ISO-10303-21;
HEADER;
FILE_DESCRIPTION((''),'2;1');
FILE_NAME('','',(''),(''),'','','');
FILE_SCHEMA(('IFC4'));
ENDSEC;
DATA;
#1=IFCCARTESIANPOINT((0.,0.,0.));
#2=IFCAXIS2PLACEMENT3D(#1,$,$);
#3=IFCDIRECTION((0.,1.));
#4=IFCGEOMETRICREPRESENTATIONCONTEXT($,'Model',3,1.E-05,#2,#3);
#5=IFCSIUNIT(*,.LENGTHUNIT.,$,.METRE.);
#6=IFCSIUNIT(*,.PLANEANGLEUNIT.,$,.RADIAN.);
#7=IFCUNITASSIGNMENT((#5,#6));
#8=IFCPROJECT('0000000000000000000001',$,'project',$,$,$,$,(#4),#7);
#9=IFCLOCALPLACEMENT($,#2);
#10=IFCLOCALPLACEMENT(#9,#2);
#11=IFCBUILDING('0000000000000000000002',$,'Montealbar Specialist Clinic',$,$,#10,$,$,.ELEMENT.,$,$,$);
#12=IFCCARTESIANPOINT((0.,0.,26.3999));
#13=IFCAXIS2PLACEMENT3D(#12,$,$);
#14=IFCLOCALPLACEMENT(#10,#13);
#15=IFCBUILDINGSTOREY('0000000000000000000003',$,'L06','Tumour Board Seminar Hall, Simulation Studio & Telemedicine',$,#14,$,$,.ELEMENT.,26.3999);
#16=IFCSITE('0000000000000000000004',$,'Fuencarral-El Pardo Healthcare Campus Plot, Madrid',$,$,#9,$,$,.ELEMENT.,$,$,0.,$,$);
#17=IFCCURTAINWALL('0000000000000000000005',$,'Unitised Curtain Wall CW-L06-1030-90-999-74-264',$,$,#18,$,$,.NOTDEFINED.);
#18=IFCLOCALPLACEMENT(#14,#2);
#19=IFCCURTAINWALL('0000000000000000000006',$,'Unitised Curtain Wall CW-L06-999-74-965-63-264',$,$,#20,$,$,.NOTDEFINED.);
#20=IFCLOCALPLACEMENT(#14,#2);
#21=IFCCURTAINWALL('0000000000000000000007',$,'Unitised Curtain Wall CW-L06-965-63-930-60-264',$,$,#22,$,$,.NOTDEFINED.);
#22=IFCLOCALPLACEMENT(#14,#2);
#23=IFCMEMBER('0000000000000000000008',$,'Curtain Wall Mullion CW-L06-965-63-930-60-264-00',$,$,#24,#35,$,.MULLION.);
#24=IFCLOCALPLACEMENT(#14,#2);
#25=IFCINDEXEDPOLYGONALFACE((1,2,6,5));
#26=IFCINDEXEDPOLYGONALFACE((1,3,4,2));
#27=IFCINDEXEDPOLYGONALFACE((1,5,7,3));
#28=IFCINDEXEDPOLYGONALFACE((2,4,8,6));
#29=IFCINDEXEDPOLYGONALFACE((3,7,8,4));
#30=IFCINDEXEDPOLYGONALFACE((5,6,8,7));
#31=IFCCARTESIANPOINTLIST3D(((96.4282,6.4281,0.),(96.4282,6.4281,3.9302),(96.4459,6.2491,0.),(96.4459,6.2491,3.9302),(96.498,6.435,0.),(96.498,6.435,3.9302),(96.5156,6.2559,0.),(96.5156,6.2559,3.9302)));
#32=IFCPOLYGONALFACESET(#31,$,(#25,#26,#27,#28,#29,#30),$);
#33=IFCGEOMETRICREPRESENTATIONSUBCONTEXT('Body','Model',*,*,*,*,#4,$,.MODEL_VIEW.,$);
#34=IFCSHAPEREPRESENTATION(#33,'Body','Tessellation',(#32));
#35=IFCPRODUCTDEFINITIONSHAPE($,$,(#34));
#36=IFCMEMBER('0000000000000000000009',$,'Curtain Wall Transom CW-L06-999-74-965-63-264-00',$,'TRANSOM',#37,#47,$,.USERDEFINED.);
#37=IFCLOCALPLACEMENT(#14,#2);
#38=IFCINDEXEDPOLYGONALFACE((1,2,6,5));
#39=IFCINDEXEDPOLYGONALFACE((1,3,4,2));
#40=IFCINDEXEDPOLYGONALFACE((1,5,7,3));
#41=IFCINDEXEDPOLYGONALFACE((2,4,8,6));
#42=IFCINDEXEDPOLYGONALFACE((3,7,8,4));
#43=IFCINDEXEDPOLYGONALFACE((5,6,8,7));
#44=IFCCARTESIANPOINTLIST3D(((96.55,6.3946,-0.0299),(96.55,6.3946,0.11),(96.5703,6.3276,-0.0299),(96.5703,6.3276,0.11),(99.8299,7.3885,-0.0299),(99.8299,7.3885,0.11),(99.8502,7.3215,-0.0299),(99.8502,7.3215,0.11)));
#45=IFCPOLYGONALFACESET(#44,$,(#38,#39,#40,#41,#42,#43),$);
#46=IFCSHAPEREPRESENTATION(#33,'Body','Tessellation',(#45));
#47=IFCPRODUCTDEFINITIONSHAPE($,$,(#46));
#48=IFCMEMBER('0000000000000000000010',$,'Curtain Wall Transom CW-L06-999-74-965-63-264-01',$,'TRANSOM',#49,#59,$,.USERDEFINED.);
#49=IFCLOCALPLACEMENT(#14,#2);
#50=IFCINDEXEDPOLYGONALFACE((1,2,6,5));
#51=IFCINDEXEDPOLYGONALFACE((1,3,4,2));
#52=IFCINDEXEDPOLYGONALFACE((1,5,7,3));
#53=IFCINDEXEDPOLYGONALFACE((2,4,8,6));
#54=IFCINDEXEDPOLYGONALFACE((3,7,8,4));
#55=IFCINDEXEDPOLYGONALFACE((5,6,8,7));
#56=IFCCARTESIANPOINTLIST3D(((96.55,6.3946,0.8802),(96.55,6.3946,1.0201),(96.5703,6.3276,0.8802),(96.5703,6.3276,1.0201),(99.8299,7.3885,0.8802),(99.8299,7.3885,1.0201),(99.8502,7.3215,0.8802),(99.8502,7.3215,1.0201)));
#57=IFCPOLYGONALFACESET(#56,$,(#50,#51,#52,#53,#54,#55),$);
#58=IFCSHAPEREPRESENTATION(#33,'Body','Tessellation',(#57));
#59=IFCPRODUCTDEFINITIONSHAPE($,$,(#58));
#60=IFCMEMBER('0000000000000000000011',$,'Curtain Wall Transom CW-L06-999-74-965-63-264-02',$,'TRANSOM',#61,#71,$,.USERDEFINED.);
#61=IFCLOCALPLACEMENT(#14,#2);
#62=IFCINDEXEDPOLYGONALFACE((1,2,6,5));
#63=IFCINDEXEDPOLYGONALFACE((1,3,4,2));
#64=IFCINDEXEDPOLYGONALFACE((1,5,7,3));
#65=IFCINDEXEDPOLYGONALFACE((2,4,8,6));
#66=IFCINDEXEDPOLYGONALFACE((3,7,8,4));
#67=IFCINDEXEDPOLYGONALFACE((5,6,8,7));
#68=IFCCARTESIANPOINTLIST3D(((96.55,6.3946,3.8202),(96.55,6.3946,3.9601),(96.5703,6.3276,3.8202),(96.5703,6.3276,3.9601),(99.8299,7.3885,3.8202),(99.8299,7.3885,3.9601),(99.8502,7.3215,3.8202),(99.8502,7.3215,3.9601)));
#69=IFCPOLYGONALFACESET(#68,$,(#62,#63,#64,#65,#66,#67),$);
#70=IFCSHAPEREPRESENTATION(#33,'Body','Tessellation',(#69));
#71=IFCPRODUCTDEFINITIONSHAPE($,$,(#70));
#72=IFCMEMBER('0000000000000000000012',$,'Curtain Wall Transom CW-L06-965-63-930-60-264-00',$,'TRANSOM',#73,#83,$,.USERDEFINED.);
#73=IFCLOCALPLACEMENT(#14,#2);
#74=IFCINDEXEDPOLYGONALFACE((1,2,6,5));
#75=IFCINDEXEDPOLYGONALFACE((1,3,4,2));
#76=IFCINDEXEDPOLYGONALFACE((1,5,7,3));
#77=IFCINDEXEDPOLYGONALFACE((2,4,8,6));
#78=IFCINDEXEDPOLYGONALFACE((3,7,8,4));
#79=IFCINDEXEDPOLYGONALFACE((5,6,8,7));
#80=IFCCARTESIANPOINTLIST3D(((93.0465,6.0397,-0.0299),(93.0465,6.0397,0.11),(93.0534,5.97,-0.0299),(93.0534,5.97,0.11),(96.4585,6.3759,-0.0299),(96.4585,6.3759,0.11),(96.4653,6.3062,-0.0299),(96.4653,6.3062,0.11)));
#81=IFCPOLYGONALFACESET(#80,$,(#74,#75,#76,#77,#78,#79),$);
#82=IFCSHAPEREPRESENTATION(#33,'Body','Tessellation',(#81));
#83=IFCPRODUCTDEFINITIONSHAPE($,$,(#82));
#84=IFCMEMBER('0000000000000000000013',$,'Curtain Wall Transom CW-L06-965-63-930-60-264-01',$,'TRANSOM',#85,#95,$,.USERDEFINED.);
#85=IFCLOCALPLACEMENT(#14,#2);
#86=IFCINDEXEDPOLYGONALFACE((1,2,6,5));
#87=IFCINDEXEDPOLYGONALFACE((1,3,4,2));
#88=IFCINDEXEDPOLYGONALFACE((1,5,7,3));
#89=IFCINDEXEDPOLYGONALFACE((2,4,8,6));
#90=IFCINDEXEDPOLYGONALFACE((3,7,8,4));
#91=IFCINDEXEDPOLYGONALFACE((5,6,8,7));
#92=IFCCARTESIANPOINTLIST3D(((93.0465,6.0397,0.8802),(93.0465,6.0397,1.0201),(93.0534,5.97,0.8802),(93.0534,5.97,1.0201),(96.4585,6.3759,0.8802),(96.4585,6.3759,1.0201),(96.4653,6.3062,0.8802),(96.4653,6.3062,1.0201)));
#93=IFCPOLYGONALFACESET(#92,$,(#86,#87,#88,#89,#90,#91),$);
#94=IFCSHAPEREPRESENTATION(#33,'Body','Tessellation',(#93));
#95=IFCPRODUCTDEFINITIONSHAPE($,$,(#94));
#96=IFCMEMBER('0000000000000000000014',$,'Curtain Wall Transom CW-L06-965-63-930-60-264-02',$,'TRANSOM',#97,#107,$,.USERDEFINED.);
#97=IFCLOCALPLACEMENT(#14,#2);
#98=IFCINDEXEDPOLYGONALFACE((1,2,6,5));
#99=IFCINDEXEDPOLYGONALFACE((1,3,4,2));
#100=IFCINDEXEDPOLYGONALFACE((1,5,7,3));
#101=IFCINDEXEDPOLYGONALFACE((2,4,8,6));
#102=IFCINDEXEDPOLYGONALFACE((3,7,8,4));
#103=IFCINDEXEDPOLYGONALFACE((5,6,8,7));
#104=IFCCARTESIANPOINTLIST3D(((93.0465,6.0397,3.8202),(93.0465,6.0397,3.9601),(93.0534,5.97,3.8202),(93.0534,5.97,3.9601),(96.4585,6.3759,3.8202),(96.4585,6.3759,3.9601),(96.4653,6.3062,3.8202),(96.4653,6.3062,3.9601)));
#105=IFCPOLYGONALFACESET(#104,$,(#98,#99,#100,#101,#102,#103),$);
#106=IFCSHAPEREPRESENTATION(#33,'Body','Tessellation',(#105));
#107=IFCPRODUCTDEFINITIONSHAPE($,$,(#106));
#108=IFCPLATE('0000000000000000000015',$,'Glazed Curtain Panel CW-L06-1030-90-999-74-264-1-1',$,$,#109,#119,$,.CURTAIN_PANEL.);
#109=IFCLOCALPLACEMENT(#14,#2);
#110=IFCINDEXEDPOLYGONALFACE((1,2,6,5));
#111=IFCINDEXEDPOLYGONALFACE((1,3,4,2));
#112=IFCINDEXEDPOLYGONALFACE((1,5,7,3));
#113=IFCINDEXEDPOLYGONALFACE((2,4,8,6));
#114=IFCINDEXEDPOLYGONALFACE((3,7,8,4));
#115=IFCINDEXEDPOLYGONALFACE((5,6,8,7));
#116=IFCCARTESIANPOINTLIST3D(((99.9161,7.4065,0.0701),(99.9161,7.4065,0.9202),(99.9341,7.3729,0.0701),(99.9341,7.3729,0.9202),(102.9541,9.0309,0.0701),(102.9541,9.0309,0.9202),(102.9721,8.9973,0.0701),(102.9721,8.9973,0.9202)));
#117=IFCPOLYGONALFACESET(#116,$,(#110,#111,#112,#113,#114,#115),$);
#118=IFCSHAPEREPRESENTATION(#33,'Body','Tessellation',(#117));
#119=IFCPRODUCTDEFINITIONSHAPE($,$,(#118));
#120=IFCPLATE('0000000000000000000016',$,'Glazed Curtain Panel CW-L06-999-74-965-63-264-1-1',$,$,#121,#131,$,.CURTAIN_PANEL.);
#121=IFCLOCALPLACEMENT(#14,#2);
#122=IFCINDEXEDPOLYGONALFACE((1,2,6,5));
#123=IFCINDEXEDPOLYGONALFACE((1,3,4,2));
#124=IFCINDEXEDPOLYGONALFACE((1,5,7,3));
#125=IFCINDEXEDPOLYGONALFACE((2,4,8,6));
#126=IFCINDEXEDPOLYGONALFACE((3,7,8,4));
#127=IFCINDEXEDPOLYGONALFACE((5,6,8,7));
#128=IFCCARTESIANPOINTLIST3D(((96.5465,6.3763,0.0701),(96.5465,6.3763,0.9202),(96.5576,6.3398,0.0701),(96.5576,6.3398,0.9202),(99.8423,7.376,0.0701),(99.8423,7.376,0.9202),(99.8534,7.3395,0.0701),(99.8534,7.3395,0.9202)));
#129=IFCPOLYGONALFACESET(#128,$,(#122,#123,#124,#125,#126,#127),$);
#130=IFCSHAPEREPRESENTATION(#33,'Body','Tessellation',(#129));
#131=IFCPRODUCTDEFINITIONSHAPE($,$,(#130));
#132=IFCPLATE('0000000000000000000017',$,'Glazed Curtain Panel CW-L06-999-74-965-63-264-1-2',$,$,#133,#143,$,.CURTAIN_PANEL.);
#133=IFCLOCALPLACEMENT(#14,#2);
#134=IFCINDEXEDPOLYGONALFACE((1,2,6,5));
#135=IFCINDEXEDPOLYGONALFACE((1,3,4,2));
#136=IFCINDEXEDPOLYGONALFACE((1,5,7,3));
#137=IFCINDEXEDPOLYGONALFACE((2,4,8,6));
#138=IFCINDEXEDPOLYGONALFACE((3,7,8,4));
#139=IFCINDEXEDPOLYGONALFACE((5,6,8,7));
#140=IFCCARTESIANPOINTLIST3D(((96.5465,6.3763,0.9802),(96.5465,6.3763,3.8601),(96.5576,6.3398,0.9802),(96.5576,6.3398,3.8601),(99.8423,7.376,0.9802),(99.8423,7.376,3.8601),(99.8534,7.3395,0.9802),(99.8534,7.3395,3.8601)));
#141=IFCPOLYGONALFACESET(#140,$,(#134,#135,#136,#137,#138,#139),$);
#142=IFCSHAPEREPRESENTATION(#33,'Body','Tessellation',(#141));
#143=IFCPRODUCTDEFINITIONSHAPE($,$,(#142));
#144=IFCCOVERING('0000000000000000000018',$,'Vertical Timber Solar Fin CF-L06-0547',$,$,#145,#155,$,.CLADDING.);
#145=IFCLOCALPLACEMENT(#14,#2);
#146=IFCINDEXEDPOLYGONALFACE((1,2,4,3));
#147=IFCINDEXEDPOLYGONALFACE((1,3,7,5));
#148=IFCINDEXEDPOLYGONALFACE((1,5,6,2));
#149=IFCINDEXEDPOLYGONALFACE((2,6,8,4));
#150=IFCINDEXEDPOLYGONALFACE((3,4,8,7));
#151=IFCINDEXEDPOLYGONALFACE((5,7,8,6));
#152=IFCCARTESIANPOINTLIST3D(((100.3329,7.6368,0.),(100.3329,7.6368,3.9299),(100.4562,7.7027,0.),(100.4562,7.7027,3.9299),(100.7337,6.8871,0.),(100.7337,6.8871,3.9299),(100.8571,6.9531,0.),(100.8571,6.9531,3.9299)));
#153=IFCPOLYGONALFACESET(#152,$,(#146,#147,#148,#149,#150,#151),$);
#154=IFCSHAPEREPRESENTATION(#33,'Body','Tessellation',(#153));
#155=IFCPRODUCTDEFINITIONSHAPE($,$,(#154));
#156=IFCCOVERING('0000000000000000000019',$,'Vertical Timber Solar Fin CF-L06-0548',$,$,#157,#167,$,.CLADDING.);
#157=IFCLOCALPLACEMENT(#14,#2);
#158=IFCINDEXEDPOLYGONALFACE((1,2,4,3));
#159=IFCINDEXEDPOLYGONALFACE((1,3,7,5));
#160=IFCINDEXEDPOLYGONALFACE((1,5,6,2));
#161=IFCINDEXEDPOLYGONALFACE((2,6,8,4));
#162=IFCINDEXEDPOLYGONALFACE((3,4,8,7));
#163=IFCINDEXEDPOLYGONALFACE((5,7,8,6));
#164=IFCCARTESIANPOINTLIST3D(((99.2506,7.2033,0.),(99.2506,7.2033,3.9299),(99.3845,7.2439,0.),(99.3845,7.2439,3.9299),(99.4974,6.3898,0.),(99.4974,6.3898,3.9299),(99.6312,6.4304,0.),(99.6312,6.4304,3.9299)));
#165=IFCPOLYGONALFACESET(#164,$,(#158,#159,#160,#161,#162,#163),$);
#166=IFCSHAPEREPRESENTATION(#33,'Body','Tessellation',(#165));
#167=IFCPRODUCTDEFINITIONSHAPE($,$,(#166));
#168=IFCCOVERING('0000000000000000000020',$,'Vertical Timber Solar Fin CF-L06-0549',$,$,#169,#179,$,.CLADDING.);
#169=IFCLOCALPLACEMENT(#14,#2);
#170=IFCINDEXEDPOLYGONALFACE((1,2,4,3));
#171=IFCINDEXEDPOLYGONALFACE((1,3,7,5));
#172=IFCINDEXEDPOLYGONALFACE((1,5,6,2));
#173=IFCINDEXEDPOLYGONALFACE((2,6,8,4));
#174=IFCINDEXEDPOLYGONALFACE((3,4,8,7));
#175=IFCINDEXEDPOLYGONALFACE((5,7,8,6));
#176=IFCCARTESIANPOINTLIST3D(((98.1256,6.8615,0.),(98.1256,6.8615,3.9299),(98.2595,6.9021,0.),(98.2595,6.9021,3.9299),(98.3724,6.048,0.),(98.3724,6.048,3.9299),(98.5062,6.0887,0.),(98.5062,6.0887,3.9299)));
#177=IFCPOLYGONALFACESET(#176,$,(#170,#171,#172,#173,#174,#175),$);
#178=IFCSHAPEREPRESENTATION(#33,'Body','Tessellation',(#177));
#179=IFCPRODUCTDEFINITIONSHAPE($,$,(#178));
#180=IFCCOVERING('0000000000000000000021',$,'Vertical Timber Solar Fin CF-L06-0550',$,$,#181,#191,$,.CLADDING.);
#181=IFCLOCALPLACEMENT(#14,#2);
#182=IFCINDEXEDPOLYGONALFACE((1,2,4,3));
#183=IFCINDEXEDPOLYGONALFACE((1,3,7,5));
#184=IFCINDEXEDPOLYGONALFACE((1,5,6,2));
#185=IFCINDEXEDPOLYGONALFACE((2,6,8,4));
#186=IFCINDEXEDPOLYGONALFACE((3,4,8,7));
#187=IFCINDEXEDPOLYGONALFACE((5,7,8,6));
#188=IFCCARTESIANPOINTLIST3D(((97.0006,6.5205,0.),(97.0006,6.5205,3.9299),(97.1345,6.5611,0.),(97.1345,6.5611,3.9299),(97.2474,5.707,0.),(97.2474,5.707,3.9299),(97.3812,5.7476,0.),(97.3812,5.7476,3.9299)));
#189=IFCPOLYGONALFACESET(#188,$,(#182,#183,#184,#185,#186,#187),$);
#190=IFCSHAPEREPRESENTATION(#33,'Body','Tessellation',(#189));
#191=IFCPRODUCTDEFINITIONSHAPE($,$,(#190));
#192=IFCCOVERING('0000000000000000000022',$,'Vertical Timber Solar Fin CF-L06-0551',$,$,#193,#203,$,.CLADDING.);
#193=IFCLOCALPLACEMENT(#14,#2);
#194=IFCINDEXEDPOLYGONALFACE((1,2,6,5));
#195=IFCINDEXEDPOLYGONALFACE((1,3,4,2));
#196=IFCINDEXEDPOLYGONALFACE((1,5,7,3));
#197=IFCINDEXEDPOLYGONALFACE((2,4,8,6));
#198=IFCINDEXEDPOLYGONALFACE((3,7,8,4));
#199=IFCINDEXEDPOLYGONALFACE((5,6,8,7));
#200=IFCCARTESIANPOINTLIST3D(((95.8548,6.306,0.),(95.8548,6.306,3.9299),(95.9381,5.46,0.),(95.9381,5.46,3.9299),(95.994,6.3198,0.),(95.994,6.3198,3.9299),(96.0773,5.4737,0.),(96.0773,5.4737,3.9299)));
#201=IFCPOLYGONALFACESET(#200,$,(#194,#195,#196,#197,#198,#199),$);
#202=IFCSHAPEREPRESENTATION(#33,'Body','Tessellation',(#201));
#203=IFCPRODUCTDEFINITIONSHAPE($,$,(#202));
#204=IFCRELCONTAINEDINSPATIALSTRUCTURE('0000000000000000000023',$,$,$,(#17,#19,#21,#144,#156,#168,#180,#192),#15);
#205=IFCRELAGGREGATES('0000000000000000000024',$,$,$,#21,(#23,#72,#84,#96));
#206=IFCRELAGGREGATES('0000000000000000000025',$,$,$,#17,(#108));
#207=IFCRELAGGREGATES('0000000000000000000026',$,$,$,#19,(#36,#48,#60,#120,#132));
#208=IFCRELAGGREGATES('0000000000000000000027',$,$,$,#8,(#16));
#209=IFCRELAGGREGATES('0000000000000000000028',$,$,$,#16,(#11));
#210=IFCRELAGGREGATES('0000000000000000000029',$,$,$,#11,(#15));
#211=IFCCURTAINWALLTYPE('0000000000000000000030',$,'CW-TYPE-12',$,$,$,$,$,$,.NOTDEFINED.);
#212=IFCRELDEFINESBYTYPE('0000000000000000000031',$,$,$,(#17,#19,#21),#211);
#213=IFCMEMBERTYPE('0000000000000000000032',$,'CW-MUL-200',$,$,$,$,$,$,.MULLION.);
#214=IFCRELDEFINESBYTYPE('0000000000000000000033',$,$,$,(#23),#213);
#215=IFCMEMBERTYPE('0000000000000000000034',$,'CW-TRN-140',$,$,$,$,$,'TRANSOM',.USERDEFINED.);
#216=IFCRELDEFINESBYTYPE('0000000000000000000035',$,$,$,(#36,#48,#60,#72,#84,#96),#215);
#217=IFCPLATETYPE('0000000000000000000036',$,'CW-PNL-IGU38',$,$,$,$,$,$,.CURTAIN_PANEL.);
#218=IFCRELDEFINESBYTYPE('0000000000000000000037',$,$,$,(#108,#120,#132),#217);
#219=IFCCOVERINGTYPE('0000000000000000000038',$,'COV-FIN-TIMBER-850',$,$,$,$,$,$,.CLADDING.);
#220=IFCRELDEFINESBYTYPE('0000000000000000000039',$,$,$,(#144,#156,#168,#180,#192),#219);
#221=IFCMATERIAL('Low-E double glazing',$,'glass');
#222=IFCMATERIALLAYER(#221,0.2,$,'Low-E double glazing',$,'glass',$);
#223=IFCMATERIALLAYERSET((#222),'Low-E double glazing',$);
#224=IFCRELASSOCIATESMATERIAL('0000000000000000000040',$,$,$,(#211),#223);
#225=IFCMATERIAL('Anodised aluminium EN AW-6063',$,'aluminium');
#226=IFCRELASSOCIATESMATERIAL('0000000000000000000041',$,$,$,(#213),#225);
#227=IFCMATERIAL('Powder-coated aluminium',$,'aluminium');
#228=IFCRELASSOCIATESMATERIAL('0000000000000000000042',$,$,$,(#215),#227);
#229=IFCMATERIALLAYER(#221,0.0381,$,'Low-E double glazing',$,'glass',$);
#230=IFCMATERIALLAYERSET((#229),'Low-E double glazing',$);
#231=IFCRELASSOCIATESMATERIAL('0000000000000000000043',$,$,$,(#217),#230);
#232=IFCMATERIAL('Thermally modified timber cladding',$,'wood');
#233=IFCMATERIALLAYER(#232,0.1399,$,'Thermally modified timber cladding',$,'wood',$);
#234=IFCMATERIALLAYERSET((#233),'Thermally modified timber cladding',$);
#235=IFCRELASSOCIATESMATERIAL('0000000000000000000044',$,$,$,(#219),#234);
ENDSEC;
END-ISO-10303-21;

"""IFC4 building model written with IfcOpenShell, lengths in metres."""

from ifc_helpers import new_model, si_unit, direction, frame, origin, origin_2d, place, context, subcontext, project, spatial, rectangle, extrude, material, layer, layer_set, material_profile, profile_set, type_object, element, aggregate, save


model = new_model("IFC4")

# Units and contexts
model_context = context("Model", 3, precision=1e-05, world=origin(), true_north=direction((0.0, 1.0)))
body_context = subcontext(model_context, "Body", "Model", "MODEL_VIEW")
ifc_project = project(units=[si_unit("LENGTHUNIT", "METRE"), si_unit("PLANEANGLEUNIT", "RADIAN")], contexts=[model_context])

# Site, building, storey
site_placement = place(None, origin())
site = spatial("IfcSite", under=ifc_project, at=site_placement, Name="Fuencarral-El Pardo Healthcare Campus Plot, Madrid", CompositionType="ELEMENT", RefElevation=0.0)
building_placement = place(site_placement, origin())
building = spatial("IfcBuilding", under=site, at=building_placement, Name="Montealbar Specialist Clinic", CompositionType="ELEMENT")
storey_placement = place(building_placement, frame((0.0, 0.0, 26.3999)))
storey = spatial("IfcBuildingStorey", under=building, at=storey_placement, Name="L06", Description="Tumour Board Seminar Hall, Simulation Studio & Telemedicine", CompositionType="ELEMENT", Elevation=26.3999)

# Curtain wall
ifc_material_1 = material(Name="Low-E double glazing", Category="glass")
ifc_layer_1 = layer(ifc_material_1, 0.2, Name="Low-E double glazing", Category="glass")
ifc_layer_set_1 = layer_set([ifc_layer_1], Name="Low-E double glazing")
curtain_wall_type = type_object("IfcCurtainWallType", Name="CW-TYPE-12", PredefinedType="NOTDEFINED", material=ifc_layer_set_1)
curtain_wall_1_placement = place(storey_placement, origin())
curtain_wall_1 = element("IfcCurtainWall", 1, at=curtain_wall_1_placement, inside=storey, type_object=curtain_wall_type, Name="Unitised Curtain Wall CW-L06-1030-90-999-74-264", PredefinedType="NOTDEFINED")
ifc_material_2 = material(Name="Anodised aluminium EN AW-6063", Category="aluminium")
ifc_material_profile_1 = material_profile(ifc_material_2, rectangle(XDim=0.0701, YDim=0.1799, at=origin_2d()), Name="ALU 70x180", Category="aluminium")
ifc_profile_set_1 = profile_set([ifc_material_profile_1], Name="Anodised aluminium EN AW-6063")
member_type_1 = type_object("IfcMemberType", Name="CW-MUL-200", PredefinedType="MULLION", material=ifc_profile_set_1)

# Curtain wall
curtain_wall_2_placement = place(storey_placement, origin())
curtain_wall_2 = element("IfcCurtainWall", 2, at=curtain_wall_2_placement, inside=storey, type_object=curtain_wall_type, Name="Unitised Curtain Wall CW-L06-999-74-965-63-264", PredefinedType="NOTDEFINED")

# Curtain wall, member
curtain_wall_3_placement = place(storey_placement, origin())
curtain_wall_3 = element("IfcCurtainWall", 3, at=curtain_wall_3_placement, inside=storey, type_object=curtain_wall_type, Name="Unitised Curtain Wall CW-L06-965-63-930-60-264", PredefinedType="NOTDEFINED")
member_1_placement = place(storey_placement, frame((96.4719, 6.342, 0.0), z_axis=(0.0, 0.0, 1.0), x_axis=(-0.995182, -0.098045, 0.0)))
member_1 = element("IfcMember", 4, at=member_1_placement, type_object=member_type_1, Name="Curtain Wall Mullion CW-L06-965-63-930-60-264-00", PredefinedType="MULLION", context=body_context, shape_type="SweptSolid", body=[
    extrude(rectangle(XDim=0.0701, YDim=0.1799, at=origin_2d()), origin(), (0.0, 0.0, 1.0), 3.9302),
])

# Members
ifc_material_3 = material(Name="Powder-coated aluminium", Category="aluminium")
ifc_material_profile_2 = material_profile(ifc_material_3, rectangle(XDim=0.0701, YDim=0.1399, at=origin_2d()), Name="ALU 70x140", Category="aluminium")
ifc_profile_set_2 = profile_set([ifc_material_profile_2], Name="Powder-coated aluminium")
member_type_2 = type_object("IfcMemberType", Name="CW-TRN-140", ElementType="TRANSOM", PredefinedType="USERDEFINED", material=ifc_profile_set_2)
member_2_placement = place(storey_placement, frame((99.8401, 7.355, 0.04), z_axis=(-0.957029, -0.289994, 0.0), x_axis=(0.289994, -0.957029, 0.0)))
member_2 = element("IfcMember", 5, at=member_2_placement, type_object=member_type_2, Name="Curtain Wall Transom CW-L06-999-74-965-63-264-00", ObjectType="TRANSOM", PredefinedType="USERDEFINED", context=body_context, shape_type="SweptSolid", body=[
    extrude(rectangle(XDim=0.0701, YDim=0.1399, at=origin_2d()), origin(), (0.0, 0.0, 1.0), 3.4272),
])
member_3_placement = place(storey_placement, frame((99.8401, 7.355, 0.9502), z_axis=(-0.957029, -0.289994, 0.0), x_axis=(0.289994, -0.957029, 0.0)))
member_3 = element("IfcMember", 6, at=member_3_placement, type_object=member_type_2, Name="Curtain Wall Transom CW-L06-999-74-965-63-264-01", ObjectType="TRANSOM", PredefinedType="USERDEFINED", context=body_context, shape_type="SweptSolid", body=[
    extrude(rectangle(XDim=0.0701, YDim=0.1399, at=origin_2d()), origin(), (0.0, 0.0, 1.0), 3.4272),
])
member_4_placement = place(storey_placement, frame((99.8401, 7.355, 3.8901), z_axis=(-0.957029, -0.289994, 0.0), x_axis=(0.289994, -0.957029, 0.0)))
member_4 = element("IfcMember", 7, at=member_4_placement, type_object=member_type_2, Name="Curtain Wall Transom CW-L06-999-74-965-63-264-02", ObjectType="TRANSOM", PredefinedType="USERDEFINED", context=body_context, shape_type="SweptSolid", body=[
    extrude(rectangle(XDim=0.0701, YDim=0.1399, at=origin_2d()), origin(), (0.0, 0.0, 1.0), 3.4272),
])
member_5_placement = place(storey_placement, frame((96.4619, 6.3411, 0.04), z_axis=(-0.995181, -0.098058, 0.0), x_axis=(0.098058, -0.995181, 0.0)))
member_5 = element("IfcMember", 8, at=member_5_placement, type_object=member_type_2, Name="Curtain Wall Transom CW-L06-965-63-930-60-264-00", ObjectType="TRANSOM", PredefinedType="USERDEFINED", context=body_context, shape_type="SweptSolid", body=[
    extrude(rectangle(XDim=0.0701, YDim=0.1399, at=origin_2d()), origin(), (0.0, 0.0, 1.0), 3.4285),
])
member_6_placement = place(storey_placement, frame((96.4619, 6.3411, 0.9502), z_axis=(-0.995181, -0.098058, 0.0), x_axis=(0.098058, -0.995181, 0.0)))
member_6 = element("IfcMember", 9, at=member_6_placement, type_object=member_type_2, Name="Curtain Wall Transom CW-L06-965-63-930-60-264-01", ObjectType="TRANSOM", PredefinedType="USERDEFINED", context=body_context, shape_type="SweptSolid", body=[
    extrude(rectangle(XDim=0.0701, YDim=0.1399, at=origin_2d()), origin(), (0.0, 0.0, 1.0), 3.4285),
])
member_7_placement = place(storey_placement, frame((96.4619, 6.3411, 3.8901), z_axis=(-0.995181, -0.098058, 0.0), x_axis=(0.098058, -0.995181, 0.0)))
member_7 = element("IfcMember", 10, at=member_7_placement, type_object=member_type_2, Name="Curtain Wall Transom CW-L06-965-63-930-60-264-02", ObjectType="TRANSOM", PredefinedType="USERDEFINED", context=body_context, shape_type="SweptSolid", body=[
    extrude(rectangle(XDim=0.0701, YDim=0.1399, at=origin_2d()), origin(), (0.0, 0.0, 1.0), 3.4285),
])
aggregate(curtain_wall_3, [member_1, member_5, member_6, member_7])

# Plates
ifc_layer_2 = layer(ifc_material_1, 0.0381, Name="Low-E double glazing", Category="glass")
ifc_layer_set_2 = layer_set([ifc_layer_2], Name="Low-E double glazing")
plate_type = type_object("IfcPlateType", Name="CW-PNL-IGU38", PredefinedType="CURTAIN_PANEL", material=ifc_layer_set_2)
plate_1_placement = place(storey_placement, frame((101.4441, 8.2019, 0.0701), z_axis=(0.0, 0.0, 1.0), x_axis=(-0.88185, -0.471529, 0.0)))
plate_1 = element("IfcPlate", 11, at=plate_1_placement, type_object=plate_type, Name="Glazed Curtain Panel CW-L06-1030-90-999-74-264-1-1", PredefinedType="CURTAIN_PANEL", context=body_context, shape_type="SweptSolid", body=[
    extrude(rectangle(XDim=3.4451, YDim=0.0381, at=origin_2d()), origin(), (0.0, 0.0, 1.0), 0.8501),
])
aggregate(curtain_wall_1, [plate_1])
plate_2_placement = place(storey_placement, frame((98.2, 6.8579, 0.0701), z_axis=(0.0, 0.0, 1.0), x_axis=(-0.956948, -0.290259, 0.0)))
plate_2 = element("IfcPlate", 12, at=plate_2_placement, type_object=plate_type, Name="Glazed Curtain Panel CW-L06-999-74-965-63-264-1-1", PredefinedType="CURTAIN_PANEL", context=body_context, shape_type="SweptSolid", body=[
    extrude(rectangle(XDim=3.4441, YDim=0.0381, at=origin_2d()), origin(), (0.0, 0.0, 1.0), 0.8501),
])
plate_3_placement = place(storey_placement, frame((98.2, 6.8579, 0.9802), z_axis=(0.0, 0.0, 1.0), x_axis=(-0.956948, -0.290259, 0.0)))
plate_3 = element("IfcPlate", 13, at=plate_3_placement, type_object=plate_type, Name="Glazed Curtain Panel CW-L06-999-74-965-63-264-1-2", PredefinedType="CURTAIN_PANEL", context=body_context, shape_type="SweptSolid", body=[
    extrude(rectangle(XDim=3.4441, YDim=0.0381, at=origin_2d()), origin(), (0.0, 0.0, 1.0), 2.8799),
])
aggregate(curtain_wall_2, [member_2, member_3, member_4, plate_2, plate_3])

# Coverings
ifc_material_4 = material(Name="Thermally modified timber cladding", Category="wood")
ifc_layer_3 = layer(ifc_material_4, 0.1399, Name="Thermally modified timber cladding", Category="wood")
ifc_layer_set_3 = layer_set([ifc_layer_3], Name="Thermally modified timber cladding")
covering_type = type_object("IfcCoveringType", Name="COV-FIN-TIMBER-850", PredefinedType="CLADDING", material=ifc_layer_set_3)
for number, where, z_axis, x_axis, name in (
    (14, (100.595, 7.2949, 0.0), (0.0, 0.0, 1.0), (0.471529, -0.88185, 0.0), "Vertical Timber Solar Fin CF-L06-0547"),
    (15, (99.4409, 6.8169, 0.0), (0.0, 0.0, 1.0), (0.290259, -0.956948, 0.0), "Vertical Timber Solar Fin CF-L06-0548"),
    (16, (98.3159, 6.4751, 0.0), (0.0, 0.0, 1.0), (0.290259, -0.956948, 0.0), "Vertical Timber Solar Fin CF-L06-0549"),
    (17, (97.1909, 6.134, 0.0), (0.0, 0.0, 1.0), (0.290259, -0.956948, 0.0), "Vertical Timber Solar Fin CF-L06-0550"),
    (18, (95.9661, 5.8899, 0.0), (0.0, 0.0, 1.0), (0.098045, -0.995182, 0.0), "Vertical Timber Solar Fin CF-L06-0551"),
):
    element("IfcCovering", number, at=place(storey_placement, frame(where, z_axis=z_axis, x_axis=x_axis)), inside=storey, type_object=covering_type, Name=name, PredefinedType="CLADDING", context=body_context, shape_type="SweptSolid", body=[
        extrude(rectangle(XDim=0.8501, YDim=0.1399, at=origin_2d()), origin(), (0.0, 0.0, 1.0), 3.9299),
    ])

save(model, "model.ifc")
